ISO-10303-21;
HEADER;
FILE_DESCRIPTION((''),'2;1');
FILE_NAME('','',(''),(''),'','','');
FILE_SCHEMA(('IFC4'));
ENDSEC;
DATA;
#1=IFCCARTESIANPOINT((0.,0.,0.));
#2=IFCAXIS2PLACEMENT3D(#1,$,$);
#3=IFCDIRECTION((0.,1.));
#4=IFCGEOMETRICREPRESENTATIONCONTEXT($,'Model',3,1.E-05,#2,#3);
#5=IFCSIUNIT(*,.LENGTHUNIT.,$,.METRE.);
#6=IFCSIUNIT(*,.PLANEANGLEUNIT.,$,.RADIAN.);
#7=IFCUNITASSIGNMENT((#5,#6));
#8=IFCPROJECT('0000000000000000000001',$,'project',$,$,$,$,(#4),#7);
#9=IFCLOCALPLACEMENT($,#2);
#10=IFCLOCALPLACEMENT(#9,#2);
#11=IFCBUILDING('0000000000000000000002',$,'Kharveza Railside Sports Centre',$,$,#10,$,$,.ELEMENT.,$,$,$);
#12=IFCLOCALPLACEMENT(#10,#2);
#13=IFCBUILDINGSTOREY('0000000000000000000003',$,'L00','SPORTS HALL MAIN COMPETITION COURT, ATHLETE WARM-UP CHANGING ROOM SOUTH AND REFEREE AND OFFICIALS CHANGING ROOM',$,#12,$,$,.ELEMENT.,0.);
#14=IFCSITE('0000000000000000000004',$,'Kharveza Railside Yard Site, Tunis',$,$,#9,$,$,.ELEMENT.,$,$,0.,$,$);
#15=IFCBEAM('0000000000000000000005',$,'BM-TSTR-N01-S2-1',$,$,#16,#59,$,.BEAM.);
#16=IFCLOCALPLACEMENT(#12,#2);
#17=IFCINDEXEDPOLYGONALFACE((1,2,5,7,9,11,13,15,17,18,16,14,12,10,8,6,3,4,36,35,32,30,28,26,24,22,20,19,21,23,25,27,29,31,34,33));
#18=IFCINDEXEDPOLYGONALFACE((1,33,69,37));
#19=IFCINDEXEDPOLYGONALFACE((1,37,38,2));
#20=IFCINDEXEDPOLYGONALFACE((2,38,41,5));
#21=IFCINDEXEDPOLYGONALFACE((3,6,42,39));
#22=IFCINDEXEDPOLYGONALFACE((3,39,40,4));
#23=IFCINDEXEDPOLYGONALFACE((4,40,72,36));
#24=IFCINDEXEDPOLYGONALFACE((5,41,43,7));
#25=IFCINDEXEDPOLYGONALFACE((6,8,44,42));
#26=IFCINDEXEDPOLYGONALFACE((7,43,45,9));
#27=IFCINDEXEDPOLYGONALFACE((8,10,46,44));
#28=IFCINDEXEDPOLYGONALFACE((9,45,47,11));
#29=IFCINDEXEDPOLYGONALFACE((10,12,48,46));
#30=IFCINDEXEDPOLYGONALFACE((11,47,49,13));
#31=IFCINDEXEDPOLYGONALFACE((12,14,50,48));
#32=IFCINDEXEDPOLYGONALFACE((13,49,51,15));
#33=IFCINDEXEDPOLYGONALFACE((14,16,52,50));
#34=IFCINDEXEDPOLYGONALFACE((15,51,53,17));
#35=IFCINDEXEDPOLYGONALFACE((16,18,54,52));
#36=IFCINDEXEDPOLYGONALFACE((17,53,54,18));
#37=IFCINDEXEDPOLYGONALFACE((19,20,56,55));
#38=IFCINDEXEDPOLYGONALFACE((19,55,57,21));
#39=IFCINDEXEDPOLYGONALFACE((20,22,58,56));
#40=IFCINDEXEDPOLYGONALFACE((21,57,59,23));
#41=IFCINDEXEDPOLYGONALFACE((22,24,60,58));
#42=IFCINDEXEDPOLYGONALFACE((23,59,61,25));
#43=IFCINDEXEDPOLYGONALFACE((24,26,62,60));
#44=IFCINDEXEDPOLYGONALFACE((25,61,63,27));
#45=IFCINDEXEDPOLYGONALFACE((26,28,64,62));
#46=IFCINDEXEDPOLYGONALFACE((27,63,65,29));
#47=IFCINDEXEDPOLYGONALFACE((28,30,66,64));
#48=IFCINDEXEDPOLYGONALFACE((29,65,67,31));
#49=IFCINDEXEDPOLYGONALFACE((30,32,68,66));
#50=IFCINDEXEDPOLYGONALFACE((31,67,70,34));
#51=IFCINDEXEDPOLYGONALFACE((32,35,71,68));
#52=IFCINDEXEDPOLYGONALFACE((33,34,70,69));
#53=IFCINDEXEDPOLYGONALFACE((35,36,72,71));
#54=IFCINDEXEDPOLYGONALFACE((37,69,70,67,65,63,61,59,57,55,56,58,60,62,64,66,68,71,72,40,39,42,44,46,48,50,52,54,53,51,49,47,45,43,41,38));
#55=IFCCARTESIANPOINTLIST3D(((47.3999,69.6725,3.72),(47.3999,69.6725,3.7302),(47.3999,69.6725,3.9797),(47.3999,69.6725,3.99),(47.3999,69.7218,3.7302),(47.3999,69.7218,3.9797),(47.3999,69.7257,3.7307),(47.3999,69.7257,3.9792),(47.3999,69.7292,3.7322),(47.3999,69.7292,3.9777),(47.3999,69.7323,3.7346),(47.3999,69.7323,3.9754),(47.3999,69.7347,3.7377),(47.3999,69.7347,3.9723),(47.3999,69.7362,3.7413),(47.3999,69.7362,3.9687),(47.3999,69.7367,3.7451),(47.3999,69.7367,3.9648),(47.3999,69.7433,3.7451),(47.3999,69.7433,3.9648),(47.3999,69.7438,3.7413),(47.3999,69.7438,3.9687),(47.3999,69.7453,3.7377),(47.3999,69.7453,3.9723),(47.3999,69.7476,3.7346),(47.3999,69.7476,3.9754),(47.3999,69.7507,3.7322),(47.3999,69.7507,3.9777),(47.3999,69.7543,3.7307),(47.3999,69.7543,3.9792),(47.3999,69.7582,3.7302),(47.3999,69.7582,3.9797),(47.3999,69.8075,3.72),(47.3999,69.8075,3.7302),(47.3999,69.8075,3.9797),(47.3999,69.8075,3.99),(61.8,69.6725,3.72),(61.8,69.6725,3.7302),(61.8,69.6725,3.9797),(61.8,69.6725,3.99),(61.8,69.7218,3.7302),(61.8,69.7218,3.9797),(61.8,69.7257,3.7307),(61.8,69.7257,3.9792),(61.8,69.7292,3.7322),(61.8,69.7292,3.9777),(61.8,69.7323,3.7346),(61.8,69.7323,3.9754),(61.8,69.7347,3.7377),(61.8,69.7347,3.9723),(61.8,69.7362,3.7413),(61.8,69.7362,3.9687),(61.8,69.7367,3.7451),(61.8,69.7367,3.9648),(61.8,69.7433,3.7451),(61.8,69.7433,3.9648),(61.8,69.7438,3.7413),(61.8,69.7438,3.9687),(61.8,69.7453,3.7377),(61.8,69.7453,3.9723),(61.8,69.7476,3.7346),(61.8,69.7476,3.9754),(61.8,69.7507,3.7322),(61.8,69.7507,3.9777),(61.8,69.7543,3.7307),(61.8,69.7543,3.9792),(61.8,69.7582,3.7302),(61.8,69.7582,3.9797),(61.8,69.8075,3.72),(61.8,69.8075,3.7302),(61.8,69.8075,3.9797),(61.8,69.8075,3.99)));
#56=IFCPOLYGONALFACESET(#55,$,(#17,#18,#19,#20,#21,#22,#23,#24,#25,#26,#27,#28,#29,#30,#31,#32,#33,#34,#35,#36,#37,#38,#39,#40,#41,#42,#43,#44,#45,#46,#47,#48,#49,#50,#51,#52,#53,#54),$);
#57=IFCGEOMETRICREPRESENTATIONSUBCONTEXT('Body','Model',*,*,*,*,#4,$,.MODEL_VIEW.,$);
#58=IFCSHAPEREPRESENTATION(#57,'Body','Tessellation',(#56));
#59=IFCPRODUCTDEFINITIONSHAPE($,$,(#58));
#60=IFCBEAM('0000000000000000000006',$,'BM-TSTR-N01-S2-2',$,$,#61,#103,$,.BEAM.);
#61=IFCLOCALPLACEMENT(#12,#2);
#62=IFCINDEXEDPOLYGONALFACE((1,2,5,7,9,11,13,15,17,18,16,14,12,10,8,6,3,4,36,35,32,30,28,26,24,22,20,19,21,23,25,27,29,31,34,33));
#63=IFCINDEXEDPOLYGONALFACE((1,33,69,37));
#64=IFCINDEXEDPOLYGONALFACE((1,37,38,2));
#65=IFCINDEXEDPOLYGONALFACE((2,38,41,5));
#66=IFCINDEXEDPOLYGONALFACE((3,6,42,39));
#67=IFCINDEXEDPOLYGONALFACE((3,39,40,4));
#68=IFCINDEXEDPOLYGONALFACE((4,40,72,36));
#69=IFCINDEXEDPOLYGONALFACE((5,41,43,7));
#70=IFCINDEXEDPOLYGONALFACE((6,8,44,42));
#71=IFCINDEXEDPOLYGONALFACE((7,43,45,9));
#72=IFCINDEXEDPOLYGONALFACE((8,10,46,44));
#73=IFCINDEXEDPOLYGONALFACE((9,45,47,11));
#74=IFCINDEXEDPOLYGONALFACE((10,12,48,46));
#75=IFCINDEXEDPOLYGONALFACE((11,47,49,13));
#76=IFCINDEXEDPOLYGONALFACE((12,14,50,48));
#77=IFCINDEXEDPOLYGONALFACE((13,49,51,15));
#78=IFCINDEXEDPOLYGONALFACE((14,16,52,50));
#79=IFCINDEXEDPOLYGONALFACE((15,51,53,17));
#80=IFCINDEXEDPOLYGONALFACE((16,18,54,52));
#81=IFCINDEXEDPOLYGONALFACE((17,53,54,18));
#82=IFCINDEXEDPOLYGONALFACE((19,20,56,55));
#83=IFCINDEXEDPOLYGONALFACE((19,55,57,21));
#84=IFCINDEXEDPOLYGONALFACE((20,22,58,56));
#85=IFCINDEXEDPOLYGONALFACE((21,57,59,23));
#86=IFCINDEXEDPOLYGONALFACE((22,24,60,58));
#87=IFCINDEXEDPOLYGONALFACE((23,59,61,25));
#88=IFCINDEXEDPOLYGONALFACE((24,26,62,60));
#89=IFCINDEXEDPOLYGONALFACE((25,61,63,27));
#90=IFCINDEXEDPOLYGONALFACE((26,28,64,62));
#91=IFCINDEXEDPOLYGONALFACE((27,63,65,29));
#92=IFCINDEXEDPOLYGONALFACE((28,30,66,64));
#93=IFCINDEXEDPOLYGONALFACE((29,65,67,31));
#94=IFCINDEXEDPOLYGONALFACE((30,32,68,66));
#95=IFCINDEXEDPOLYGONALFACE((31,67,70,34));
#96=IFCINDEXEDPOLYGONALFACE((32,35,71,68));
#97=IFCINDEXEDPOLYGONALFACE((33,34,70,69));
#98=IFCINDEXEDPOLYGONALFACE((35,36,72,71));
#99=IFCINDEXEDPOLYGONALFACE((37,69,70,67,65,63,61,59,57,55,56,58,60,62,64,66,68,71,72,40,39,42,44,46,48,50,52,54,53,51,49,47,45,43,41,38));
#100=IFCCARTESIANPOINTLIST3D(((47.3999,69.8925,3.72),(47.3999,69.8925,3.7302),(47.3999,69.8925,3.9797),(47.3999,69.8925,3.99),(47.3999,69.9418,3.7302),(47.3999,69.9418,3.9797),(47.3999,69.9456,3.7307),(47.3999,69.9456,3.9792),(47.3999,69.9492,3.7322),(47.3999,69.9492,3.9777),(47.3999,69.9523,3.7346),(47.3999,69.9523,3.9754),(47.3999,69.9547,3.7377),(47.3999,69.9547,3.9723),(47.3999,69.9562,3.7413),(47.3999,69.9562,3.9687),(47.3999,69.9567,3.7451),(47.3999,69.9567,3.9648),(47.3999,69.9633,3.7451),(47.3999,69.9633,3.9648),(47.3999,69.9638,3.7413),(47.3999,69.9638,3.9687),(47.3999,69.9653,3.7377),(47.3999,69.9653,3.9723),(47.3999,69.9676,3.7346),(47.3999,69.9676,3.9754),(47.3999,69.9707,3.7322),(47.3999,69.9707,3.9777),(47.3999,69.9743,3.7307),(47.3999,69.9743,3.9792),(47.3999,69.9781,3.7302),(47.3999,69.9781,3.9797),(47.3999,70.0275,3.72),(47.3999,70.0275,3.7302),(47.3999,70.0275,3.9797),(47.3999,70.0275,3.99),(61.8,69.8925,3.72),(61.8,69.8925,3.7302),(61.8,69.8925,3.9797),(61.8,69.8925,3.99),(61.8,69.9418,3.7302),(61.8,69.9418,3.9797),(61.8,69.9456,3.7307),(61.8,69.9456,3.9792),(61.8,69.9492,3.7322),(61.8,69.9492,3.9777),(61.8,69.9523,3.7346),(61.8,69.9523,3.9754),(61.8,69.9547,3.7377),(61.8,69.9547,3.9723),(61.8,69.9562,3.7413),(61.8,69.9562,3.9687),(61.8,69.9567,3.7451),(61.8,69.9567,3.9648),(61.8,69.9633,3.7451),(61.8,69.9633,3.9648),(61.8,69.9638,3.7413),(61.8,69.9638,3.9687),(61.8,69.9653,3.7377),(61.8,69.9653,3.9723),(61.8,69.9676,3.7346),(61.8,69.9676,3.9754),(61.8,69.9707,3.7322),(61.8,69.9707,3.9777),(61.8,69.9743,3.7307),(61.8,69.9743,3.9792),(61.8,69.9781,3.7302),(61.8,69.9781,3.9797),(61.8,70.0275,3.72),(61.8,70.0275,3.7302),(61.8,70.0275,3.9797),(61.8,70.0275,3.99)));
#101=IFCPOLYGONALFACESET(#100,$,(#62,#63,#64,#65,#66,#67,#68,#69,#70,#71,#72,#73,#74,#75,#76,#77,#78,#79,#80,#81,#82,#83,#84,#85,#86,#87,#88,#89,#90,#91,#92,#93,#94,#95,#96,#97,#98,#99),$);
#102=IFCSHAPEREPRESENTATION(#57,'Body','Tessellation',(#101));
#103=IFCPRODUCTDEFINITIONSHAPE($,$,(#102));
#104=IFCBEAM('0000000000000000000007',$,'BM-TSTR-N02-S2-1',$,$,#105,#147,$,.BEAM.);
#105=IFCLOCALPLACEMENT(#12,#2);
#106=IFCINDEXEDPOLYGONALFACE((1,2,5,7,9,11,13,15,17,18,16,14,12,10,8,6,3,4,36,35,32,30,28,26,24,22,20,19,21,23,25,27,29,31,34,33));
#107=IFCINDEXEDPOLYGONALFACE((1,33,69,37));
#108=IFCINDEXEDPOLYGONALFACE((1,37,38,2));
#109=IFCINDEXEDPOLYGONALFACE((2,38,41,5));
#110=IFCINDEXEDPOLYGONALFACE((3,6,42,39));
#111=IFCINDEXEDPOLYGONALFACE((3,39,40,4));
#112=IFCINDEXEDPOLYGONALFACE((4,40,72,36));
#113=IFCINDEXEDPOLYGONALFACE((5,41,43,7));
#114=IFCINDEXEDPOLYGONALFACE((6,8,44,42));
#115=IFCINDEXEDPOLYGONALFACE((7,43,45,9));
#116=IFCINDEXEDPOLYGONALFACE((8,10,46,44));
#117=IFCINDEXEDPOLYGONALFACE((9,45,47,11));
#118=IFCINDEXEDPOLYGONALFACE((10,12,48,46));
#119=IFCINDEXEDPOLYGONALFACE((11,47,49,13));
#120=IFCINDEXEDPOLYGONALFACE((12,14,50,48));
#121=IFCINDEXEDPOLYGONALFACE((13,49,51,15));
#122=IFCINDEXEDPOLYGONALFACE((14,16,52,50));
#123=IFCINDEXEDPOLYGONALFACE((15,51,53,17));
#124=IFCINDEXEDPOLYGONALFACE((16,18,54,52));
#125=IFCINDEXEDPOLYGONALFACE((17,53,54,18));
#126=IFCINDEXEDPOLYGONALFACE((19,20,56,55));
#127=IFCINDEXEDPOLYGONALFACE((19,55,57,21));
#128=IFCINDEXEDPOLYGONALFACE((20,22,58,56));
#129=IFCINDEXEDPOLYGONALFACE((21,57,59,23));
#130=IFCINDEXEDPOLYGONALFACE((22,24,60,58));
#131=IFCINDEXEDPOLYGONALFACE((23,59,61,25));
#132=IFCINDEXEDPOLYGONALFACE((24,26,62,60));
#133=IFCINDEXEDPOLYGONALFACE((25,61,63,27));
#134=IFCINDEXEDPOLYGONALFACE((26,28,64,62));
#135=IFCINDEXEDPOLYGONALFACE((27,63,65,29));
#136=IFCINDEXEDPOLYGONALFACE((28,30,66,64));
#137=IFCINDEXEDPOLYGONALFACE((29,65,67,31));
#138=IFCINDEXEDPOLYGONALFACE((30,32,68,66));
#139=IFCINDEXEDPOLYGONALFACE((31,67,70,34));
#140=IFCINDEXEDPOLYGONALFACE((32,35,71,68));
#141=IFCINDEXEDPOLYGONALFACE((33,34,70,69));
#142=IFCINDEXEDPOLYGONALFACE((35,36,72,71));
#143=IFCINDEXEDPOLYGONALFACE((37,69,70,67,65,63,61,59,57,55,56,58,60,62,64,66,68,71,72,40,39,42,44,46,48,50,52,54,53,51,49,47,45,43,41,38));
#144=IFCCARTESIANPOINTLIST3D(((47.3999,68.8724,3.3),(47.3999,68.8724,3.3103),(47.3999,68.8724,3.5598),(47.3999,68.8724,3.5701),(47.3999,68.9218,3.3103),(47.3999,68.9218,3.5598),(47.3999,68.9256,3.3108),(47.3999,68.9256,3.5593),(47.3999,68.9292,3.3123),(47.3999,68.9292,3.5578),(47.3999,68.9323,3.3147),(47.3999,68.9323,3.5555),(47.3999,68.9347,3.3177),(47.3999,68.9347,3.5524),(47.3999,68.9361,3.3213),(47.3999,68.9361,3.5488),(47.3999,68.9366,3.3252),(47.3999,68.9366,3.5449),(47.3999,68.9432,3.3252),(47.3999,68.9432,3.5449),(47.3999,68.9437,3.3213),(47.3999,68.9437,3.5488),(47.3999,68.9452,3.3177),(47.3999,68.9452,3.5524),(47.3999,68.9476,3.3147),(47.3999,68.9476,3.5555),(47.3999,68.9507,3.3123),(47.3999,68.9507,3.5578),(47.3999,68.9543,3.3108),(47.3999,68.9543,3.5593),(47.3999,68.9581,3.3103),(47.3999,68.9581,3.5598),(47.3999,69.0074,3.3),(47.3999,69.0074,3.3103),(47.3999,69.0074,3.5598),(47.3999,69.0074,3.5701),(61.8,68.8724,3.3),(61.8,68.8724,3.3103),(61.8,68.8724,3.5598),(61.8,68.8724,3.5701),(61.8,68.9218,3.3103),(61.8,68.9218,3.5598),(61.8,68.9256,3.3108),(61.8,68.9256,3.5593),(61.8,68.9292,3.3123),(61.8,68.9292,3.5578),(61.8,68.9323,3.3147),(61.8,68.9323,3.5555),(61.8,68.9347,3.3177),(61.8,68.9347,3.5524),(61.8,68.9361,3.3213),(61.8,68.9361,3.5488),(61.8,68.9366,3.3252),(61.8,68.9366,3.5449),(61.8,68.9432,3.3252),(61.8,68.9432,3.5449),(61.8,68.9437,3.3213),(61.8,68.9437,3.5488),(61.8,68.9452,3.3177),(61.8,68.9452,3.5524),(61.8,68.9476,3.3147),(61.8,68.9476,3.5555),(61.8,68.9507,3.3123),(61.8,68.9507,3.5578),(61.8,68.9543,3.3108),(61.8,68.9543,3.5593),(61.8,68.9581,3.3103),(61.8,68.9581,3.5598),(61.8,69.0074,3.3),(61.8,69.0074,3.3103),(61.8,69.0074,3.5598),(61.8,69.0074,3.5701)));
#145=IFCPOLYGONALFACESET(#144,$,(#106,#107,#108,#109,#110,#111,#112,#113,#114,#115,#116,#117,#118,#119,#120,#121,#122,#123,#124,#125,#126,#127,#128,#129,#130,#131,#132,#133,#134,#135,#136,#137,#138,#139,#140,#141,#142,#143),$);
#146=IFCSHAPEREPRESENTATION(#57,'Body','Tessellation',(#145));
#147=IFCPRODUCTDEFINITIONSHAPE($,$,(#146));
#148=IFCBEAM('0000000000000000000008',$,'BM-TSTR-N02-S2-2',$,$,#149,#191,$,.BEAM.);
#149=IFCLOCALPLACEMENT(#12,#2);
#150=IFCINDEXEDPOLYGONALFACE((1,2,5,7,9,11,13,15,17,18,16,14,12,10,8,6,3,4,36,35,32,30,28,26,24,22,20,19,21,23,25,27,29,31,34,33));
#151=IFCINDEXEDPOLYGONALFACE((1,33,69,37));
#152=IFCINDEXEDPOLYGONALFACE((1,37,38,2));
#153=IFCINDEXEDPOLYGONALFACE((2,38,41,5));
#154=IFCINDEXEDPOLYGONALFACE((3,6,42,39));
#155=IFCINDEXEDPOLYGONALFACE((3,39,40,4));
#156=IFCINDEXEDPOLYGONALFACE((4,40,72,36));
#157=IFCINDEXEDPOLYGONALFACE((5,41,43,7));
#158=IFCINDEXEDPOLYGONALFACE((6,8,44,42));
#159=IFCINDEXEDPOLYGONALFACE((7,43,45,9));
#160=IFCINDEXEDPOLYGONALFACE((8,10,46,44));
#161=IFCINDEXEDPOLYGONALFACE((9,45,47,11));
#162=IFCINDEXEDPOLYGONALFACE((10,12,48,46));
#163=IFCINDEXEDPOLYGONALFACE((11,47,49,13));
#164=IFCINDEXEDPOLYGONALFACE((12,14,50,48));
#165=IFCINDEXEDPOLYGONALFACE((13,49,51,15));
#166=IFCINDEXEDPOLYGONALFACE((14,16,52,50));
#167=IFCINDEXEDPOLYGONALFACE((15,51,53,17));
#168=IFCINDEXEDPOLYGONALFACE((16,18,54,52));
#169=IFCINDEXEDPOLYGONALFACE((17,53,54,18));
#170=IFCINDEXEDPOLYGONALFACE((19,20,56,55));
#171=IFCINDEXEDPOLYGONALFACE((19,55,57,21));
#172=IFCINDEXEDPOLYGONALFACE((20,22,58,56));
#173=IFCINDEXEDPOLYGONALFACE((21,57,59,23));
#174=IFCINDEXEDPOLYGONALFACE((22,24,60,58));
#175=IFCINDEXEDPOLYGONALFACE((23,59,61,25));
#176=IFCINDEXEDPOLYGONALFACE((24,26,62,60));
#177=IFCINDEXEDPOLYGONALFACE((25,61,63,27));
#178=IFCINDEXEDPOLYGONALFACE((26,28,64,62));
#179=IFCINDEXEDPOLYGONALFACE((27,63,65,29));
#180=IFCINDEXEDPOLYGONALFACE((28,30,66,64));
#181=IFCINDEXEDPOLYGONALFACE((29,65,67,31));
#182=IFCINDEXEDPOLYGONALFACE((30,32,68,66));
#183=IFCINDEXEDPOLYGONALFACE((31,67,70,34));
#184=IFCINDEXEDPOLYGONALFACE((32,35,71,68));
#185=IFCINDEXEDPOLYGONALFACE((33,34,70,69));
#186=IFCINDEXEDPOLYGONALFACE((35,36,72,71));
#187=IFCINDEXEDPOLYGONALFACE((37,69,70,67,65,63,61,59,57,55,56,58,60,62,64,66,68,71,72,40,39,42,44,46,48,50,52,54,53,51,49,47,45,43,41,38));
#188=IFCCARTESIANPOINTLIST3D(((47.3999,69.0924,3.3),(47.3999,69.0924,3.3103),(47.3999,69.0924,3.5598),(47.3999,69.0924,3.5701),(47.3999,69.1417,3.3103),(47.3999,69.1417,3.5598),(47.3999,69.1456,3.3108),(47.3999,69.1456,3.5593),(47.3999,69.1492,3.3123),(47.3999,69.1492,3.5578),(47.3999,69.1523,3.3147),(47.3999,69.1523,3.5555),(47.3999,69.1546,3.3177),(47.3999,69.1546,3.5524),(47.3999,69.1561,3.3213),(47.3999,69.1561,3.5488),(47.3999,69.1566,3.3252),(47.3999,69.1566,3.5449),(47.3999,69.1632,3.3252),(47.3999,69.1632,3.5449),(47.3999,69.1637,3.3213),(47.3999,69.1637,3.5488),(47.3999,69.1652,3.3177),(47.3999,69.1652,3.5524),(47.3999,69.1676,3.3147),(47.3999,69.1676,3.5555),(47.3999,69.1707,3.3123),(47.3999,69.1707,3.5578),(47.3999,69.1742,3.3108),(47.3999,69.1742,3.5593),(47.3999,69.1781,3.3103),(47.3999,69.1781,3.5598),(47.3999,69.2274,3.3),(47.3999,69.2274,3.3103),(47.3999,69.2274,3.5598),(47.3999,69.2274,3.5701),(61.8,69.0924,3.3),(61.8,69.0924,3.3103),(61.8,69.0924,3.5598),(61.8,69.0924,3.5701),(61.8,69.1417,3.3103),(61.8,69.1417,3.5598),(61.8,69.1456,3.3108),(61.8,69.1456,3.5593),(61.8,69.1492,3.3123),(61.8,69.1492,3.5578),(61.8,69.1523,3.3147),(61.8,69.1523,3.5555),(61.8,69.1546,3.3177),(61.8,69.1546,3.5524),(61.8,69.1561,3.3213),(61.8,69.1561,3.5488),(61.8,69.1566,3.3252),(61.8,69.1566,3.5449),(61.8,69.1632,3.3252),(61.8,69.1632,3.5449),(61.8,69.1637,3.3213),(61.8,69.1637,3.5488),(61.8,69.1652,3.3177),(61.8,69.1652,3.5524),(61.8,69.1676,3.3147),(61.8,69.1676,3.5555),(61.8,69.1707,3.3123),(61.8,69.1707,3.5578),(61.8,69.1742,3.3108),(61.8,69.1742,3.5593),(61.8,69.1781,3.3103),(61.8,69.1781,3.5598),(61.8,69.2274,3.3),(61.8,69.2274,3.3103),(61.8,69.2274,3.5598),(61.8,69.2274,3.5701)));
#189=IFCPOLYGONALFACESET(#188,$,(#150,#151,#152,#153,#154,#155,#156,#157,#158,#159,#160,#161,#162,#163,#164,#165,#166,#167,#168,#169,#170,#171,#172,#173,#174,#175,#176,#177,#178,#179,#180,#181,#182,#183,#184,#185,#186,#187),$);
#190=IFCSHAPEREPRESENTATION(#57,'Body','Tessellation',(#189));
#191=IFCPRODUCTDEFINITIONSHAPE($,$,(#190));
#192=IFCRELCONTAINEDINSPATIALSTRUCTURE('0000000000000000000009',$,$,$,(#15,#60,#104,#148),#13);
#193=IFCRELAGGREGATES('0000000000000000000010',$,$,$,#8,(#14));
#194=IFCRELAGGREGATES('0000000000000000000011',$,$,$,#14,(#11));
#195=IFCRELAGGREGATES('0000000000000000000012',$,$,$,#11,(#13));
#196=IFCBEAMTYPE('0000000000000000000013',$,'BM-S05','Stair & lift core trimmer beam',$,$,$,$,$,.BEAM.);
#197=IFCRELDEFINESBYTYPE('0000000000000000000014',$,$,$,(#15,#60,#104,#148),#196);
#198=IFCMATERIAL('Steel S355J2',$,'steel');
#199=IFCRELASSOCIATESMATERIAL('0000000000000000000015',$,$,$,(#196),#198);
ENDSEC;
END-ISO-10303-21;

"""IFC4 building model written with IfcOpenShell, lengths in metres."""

from ifc_helpers import new_model, si_unit, direction, frame, origin, origin_2d, place, context, subcontext, project, spatial, i_section, extrude, material, material_profile, profile_set, type_object, element, save


model = new_model("IFC4")

# Units and contexts
model_context = context("Model", 3, precision=1e-05, world=origin(), true_north=direction((0.0, 1.0)))
body_context = subcontext(model_context, "Body", "Model", "MODEL_VIEW")
ifc_project = project(units=[si_unit("LENGTHUNIT", "METRE"), si_unit("PLANEANGLEUNIT", "RADIAN")], contexts=[model_context])

# Site, building, storey
site_placement = place(None, origin())
site = spatial("IfcSite", under=ifc_project, at=site_placement, Name="Kharveza Railside Yard Site, Tunis", CompositionType="ELEMENT", RefElevation=0.0)
building_placement = place(site_placement, origin())
building = spatial("IfcBuilding", under=site, at=building_placement, Name="Kharveza Railside Sports Centre", CompositionType="ELEMENT")
storey_placement = place(building_placement, origin())
storey = spatial("IfcBuildingStorey", under=building, at=storey_placement, Name="L00", Description="SPORTS HALL MAIN COMPETITION COURT, ATHLETE WARM-UP CHANGING ROOM SOUTH AND REFEREE AND OFFICIALS CHANGING ROOM", CompositionType="ELEMENT", Elevation=0.0)

# Shared definitions
ifc_material_1 = material(Name="Steel S355J2", Category="steel")

# Beams
ifc_material_profile_1 = material_profile(ifc_material_1, i_section(OverallWidth=0.135, OverallDepth=0.27, WebThickness=0.0066, FlangeThickness=0.0103, FilletRadius=0.0149, at=origin_2d()), Name="IPE 270")
ifc_profile_set_1 = profile_set([ifc_material_profile_1], Name="Steel S355J2")
beam_type = type_object("IfcBeamType", Name="BM-S05", Description="Stair & lift core trimmer beam", PredefinedType="BEAM", material=ifc_profile_set_1)
for number, where, z_axis, x_axis, name in (
    (1, (47.3999, 69.74, 3.855), (1.0, 0.0, 0.0), (0.0, 1.0, 0.0), "BM-TSTR-N01-S2-1"),
    (2, (47.3999, 69.96, 3.855), (1.0, 0.0, 0.0), (0.0, 1.0, 0.0), "BM-TSTR-N01-S2-2"),
    (3, (47.3999, 68.9399, 3.4351), (1.0, 0.0, 0.0), (0.0, 1.0, 0.0), "BM-TSTR-N02-S2-1"),
    (4, (47.3999, 69.1599, 3.4351), (1.0, 0.0, 0.0), (0.0, 1.0, 0.0), "BM-TSTR-N02-S2-2"),
):
    element("IfcBeam", number, at=place(storey_placement, frame(where, z_axis=z_axis, x_axis=x_axis)), inside=storey, type_object=beam_type, Name=name, PredefinedType="BEAM", context=body_context, shape_type="SweptSolid", body=[
        extrude(i_section(OverallWidth=0.135, OverallDepth=0.27, WebThickness=0.0066, FlangeThickness=0.0103, FilletRadius=0.0149, at=origin_2d()), origin(), (0.0, 0.0, 1.0), 14.4001),
    ])

save(model, "model.ifc")
